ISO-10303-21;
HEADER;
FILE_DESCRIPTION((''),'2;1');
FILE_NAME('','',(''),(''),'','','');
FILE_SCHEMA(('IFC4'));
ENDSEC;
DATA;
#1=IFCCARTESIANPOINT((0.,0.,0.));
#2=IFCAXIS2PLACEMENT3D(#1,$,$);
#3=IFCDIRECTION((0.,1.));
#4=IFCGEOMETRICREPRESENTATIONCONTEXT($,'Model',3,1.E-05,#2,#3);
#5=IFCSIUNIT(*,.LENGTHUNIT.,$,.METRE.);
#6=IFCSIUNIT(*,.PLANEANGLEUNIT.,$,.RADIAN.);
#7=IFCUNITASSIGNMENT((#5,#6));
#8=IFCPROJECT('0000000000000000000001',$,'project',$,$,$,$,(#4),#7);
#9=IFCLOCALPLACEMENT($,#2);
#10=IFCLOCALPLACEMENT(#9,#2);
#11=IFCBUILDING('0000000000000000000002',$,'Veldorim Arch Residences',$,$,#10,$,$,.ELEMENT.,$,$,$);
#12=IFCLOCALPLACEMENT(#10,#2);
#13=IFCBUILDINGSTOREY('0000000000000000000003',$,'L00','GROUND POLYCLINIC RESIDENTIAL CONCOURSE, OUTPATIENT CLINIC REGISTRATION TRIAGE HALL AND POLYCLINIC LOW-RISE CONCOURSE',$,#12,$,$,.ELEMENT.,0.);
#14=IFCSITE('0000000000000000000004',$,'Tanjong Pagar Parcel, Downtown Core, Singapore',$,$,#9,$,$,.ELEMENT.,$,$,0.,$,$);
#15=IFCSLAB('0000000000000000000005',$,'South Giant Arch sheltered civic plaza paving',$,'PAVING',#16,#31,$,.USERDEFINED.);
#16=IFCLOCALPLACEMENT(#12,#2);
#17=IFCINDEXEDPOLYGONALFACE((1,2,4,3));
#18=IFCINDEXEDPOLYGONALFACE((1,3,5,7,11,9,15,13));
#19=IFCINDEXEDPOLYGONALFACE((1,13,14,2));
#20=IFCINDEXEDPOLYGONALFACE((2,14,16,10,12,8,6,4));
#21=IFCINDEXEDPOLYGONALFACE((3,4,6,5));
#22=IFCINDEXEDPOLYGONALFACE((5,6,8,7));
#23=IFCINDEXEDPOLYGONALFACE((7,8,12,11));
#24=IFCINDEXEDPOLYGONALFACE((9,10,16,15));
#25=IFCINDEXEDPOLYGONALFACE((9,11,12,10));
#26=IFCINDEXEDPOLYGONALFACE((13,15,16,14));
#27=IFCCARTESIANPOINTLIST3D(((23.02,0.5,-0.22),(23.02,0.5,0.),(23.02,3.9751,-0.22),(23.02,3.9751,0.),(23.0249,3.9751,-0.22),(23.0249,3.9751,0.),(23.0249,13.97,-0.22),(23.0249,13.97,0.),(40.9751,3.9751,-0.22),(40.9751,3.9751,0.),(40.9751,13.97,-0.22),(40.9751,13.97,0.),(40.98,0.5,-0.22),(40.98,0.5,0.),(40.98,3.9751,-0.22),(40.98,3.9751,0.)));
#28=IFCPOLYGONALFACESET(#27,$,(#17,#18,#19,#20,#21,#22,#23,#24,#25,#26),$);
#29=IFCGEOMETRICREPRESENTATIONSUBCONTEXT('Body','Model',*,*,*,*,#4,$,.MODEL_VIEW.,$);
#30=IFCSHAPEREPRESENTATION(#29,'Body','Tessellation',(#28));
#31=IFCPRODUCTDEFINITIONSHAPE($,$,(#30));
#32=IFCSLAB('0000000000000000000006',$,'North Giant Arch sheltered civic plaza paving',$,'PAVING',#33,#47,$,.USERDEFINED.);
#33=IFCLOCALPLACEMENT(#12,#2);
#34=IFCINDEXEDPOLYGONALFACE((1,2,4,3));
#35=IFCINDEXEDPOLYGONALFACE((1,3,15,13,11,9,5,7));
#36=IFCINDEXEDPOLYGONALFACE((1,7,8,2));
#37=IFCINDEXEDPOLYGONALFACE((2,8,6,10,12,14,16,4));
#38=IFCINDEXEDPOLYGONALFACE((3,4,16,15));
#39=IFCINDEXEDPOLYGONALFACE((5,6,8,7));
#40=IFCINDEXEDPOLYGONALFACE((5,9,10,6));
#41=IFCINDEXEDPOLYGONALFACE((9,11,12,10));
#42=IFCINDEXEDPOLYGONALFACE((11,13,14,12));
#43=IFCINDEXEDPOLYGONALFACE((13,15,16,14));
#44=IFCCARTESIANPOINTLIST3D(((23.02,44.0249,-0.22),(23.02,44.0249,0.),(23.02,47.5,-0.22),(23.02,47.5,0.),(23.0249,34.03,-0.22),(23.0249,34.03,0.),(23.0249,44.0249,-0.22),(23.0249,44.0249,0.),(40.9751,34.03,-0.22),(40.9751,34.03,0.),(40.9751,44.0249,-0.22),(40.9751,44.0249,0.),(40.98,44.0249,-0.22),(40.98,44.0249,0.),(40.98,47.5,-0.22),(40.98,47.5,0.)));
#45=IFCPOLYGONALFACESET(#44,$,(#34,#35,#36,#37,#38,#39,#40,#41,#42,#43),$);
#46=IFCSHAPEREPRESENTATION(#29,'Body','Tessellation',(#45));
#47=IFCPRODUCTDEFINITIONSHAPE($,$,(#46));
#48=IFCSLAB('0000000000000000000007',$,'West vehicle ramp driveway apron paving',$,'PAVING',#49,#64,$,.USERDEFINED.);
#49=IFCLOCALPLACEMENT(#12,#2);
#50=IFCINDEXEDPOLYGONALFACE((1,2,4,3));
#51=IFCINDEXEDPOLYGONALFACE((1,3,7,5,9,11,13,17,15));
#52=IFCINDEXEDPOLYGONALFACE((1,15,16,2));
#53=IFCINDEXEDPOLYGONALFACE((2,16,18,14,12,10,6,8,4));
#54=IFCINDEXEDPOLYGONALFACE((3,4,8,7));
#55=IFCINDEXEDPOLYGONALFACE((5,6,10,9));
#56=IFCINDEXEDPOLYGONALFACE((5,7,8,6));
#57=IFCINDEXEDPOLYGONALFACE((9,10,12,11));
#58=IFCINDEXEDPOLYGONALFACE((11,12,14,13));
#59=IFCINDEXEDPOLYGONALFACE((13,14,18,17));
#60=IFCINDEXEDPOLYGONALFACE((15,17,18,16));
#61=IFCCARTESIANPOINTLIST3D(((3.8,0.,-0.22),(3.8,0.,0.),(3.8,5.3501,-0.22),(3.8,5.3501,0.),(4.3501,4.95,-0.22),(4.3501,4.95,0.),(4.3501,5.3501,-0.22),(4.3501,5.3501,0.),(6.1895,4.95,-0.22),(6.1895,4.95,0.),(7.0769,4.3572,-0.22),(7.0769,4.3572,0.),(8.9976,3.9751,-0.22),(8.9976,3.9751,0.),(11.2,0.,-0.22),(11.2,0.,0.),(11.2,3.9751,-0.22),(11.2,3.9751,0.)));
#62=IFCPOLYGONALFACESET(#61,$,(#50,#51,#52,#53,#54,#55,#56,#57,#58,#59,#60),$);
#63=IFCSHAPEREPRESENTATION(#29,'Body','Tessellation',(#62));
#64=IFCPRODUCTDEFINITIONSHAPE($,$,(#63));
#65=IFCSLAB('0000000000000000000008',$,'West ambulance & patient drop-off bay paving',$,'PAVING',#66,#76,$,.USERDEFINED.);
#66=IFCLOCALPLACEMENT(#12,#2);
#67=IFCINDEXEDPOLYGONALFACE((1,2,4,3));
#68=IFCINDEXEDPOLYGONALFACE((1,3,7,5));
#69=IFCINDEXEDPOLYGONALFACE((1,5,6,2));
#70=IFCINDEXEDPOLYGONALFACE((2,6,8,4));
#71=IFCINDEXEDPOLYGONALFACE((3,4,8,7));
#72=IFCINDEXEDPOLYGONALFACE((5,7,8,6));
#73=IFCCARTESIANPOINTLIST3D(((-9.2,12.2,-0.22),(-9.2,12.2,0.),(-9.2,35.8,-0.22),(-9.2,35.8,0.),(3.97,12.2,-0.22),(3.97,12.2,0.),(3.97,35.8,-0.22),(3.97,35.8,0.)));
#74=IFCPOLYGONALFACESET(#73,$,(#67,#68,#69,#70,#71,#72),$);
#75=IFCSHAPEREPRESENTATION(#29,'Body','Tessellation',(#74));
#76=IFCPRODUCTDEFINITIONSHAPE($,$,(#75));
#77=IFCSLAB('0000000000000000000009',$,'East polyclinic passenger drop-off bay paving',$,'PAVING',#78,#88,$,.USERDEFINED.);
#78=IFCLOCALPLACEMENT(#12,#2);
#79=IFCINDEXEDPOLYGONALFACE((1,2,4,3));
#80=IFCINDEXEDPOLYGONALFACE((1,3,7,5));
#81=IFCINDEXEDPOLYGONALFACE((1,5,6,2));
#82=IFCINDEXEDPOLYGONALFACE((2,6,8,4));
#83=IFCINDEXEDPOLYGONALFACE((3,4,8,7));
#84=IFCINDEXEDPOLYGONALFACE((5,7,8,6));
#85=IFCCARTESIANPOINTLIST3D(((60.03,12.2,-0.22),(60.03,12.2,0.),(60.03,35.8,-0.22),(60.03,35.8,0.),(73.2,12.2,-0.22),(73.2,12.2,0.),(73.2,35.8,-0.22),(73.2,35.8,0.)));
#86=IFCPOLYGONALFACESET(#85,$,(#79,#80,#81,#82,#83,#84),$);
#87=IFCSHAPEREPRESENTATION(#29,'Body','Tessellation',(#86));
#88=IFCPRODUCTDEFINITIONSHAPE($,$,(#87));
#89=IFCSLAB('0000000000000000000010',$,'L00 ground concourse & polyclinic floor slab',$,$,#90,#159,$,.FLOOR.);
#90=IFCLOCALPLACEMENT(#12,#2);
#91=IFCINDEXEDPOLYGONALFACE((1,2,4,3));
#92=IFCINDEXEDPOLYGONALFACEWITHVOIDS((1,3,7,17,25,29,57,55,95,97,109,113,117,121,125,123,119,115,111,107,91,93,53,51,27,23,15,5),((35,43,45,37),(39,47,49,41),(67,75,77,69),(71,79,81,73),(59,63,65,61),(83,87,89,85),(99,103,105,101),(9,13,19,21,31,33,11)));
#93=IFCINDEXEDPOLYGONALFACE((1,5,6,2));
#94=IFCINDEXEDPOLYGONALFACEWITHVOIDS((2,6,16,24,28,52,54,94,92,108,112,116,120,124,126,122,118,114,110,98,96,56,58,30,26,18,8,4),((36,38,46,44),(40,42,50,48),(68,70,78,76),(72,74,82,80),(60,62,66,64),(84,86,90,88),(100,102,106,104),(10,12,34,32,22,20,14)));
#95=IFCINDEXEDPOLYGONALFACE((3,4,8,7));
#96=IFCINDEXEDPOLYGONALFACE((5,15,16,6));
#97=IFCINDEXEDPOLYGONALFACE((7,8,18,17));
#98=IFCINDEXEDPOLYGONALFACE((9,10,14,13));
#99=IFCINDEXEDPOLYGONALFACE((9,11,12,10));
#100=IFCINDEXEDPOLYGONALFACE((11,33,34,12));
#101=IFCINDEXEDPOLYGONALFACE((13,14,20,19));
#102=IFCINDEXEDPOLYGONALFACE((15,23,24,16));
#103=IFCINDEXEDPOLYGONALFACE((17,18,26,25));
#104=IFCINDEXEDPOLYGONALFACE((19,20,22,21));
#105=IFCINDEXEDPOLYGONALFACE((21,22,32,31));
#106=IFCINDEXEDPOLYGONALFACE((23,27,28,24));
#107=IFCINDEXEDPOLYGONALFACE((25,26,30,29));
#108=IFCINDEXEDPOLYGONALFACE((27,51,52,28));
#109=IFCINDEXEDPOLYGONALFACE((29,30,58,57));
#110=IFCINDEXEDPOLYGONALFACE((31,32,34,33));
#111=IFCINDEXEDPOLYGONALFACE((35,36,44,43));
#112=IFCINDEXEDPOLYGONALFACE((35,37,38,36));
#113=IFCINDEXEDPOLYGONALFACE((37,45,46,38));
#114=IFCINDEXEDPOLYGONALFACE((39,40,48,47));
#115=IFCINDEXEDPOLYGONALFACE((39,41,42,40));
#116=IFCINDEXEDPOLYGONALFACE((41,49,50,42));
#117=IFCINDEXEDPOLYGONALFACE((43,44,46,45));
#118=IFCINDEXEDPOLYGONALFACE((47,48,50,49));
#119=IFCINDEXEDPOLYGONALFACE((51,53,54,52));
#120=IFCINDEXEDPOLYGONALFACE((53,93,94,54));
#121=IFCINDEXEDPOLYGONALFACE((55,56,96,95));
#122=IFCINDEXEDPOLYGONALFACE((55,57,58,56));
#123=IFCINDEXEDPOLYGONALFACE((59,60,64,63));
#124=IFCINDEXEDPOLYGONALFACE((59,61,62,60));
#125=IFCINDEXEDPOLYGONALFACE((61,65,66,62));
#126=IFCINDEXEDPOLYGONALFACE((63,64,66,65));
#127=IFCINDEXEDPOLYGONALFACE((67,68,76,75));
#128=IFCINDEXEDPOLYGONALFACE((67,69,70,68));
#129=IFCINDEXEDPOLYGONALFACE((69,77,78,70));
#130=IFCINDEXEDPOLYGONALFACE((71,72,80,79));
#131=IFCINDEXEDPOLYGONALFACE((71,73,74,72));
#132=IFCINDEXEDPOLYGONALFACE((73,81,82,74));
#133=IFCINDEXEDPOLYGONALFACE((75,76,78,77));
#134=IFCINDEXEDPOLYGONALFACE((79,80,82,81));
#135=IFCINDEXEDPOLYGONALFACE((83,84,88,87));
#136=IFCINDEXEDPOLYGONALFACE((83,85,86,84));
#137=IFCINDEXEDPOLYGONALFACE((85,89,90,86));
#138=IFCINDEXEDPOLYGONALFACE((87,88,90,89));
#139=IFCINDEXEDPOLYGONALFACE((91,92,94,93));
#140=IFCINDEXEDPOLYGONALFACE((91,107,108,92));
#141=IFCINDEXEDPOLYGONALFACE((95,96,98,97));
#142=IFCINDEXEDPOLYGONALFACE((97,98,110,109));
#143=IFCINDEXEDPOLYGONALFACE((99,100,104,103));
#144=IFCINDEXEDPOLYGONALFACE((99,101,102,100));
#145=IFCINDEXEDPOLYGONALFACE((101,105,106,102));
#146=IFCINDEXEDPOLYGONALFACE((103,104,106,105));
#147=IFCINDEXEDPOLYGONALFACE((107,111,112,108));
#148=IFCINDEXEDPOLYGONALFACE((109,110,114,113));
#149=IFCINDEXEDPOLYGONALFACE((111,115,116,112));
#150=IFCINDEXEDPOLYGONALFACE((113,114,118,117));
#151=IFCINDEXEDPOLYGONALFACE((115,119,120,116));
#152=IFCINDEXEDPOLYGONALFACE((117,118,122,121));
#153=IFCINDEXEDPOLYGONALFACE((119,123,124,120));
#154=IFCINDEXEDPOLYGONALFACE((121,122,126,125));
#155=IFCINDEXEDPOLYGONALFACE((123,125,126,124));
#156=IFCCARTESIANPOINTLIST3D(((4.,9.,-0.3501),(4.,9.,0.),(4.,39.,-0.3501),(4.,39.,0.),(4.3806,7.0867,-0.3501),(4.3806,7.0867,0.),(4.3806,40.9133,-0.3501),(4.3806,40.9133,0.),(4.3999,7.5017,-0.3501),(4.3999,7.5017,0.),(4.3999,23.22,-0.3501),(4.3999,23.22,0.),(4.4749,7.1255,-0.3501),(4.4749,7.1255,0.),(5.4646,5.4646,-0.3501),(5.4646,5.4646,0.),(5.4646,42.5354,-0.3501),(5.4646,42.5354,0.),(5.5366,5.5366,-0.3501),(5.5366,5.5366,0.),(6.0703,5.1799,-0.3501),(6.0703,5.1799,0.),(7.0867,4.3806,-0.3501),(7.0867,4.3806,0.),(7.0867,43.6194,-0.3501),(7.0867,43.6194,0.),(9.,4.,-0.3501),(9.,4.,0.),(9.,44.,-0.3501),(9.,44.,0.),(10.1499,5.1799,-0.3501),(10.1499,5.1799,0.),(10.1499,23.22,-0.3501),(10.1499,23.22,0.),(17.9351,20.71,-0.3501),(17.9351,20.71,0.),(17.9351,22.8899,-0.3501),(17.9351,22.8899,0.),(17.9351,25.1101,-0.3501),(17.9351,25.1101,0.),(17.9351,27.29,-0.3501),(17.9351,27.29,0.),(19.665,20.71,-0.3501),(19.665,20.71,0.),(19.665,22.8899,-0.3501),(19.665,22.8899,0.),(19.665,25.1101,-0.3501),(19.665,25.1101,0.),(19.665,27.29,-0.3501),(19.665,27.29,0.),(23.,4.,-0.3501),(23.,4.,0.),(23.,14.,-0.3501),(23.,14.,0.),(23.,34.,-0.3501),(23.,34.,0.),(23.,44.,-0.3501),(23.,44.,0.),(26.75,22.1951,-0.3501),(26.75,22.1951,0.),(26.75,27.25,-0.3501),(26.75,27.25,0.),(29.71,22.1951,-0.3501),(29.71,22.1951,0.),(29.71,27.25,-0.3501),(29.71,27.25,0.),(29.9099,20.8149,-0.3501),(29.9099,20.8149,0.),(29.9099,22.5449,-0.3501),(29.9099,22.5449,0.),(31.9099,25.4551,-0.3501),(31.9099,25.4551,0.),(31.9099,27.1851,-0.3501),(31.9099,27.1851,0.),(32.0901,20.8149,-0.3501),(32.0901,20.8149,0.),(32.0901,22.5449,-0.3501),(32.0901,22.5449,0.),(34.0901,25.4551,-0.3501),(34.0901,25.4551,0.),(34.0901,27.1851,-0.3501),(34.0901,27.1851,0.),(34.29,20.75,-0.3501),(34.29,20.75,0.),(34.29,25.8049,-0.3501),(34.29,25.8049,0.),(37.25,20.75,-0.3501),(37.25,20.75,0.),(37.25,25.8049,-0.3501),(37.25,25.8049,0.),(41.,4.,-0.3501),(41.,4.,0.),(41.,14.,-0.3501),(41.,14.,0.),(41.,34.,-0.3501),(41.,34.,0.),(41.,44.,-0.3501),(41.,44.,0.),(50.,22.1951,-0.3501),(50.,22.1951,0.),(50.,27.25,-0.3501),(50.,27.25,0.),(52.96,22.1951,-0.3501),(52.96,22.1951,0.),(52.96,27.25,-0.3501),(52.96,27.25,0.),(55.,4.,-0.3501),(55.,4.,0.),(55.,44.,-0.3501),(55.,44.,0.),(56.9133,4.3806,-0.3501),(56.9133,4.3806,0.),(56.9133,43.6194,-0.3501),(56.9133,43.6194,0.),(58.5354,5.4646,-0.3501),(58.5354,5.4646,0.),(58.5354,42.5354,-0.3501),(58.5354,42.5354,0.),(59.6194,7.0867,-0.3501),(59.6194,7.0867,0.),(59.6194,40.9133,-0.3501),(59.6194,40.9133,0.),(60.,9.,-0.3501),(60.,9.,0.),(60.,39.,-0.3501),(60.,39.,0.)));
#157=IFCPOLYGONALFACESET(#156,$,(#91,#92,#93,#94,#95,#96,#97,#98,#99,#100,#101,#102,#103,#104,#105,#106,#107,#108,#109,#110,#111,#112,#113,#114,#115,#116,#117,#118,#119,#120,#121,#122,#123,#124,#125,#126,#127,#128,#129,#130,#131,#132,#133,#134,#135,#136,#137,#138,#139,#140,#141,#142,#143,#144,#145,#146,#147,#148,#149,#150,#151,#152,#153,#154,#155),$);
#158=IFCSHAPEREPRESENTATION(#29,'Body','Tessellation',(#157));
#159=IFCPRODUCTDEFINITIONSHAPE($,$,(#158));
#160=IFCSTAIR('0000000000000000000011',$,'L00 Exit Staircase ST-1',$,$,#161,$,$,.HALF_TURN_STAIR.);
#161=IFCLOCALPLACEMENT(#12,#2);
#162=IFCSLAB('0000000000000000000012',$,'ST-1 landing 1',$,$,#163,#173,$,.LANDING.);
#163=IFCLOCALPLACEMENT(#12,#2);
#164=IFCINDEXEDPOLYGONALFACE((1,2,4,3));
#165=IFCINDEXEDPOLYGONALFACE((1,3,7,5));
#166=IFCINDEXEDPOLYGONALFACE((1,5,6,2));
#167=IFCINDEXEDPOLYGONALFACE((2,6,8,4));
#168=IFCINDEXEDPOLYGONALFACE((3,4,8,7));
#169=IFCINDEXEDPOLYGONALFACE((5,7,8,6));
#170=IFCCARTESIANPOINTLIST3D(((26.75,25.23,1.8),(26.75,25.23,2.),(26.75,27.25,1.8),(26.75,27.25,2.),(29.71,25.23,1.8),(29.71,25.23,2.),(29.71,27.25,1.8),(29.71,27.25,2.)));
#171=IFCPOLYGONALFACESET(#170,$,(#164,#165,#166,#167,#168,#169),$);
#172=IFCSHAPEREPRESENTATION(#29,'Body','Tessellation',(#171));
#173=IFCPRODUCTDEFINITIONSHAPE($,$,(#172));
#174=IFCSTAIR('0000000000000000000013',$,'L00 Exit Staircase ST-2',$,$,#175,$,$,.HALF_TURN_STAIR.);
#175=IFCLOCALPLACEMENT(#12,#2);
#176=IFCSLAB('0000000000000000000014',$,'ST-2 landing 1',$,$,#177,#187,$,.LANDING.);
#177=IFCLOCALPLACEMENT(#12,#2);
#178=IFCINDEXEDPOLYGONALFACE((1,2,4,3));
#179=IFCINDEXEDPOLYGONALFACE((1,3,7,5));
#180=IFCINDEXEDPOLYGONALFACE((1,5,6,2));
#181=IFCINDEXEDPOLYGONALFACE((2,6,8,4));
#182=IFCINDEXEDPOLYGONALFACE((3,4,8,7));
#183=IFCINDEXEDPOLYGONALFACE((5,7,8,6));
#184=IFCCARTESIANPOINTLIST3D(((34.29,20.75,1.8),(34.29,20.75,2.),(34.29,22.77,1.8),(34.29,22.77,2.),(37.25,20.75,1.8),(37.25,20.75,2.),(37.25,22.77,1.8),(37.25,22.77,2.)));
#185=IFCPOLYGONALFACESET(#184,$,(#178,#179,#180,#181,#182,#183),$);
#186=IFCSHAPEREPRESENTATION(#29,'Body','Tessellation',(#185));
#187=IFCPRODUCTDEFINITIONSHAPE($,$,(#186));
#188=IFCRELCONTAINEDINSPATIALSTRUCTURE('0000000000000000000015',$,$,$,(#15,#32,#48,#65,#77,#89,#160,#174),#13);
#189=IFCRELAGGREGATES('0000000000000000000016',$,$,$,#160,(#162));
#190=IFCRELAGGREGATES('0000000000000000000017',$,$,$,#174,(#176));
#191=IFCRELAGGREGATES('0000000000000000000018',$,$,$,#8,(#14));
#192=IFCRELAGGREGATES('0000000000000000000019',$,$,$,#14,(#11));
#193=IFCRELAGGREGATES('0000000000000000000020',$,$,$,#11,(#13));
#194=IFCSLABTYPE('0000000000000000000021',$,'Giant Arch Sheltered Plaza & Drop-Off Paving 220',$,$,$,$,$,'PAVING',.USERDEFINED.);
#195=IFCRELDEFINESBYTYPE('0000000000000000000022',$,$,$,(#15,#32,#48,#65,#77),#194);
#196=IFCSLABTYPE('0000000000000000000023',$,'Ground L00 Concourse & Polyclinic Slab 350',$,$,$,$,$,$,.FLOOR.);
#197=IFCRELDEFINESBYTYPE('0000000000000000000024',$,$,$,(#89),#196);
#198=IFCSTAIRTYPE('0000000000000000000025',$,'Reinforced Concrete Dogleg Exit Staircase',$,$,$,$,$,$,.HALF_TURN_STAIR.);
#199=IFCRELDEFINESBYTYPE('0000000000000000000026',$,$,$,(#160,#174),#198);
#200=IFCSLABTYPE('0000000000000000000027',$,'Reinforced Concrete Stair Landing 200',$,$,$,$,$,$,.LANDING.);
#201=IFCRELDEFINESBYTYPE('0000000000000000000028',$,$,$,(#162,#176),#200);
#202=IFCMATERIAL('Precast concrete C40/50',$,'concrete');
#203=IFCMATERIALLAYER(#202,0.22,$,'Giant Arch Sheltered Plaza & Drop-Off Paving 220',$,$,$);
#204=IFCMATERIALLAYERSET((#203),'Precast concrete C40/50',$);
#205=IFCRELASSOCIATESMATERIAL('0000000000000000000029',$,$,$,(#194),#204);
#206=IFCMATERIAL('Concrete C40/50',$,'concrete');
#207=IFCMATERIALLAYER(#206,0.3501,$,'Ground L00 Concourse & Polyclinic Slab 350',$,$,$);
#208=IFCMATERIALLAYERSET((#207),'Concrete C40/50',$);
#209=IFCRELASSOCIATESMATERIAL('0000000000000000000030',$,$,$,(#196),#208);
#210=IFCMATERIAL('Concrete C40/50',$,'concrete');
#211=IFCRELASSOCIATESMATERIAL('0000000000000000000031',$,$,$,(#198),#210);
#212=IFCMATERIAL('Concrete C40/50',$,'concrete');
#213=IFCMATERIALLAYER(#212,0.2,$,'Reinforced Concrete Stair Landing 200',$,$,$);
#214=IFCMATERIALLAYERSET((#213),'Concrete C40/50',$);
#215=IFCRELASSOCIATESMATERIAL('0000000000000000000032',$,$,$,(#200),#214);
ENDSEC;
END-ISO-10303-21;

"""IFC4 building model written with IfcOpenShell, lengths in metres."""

from ifc_helpers import new_model, si_unit, direction, frame, origin, place, context, subcontext, project, spatial, polyline, outline, extrude, material, layer, layer_set, type_object, element, aggregate, save


model = new_model("IFC4")

# Units and contexts
model_context = context("Model", 3, precision=1e-05, world=origin(), true_north=direction((0.0, 1.0)))
body_context = subcontext(model_context, "Body", "Model", "MODEL_VIEW")
ifc_project = project(units=[si_unit("LENGTHUNIT", "METRE"), si_unit("PLANEANGLEUNIT", "RADIAN")], contexts=[model_context])

# Site, building, storey
site_placement = place(None, origin())
site = spatial("IfcSite", under=ifc_project, at=site_placement, Name="Tanjong Pagar Parcel, Downtown Core, Singapore", CompositionType="ELEMENT", RefElevation=0.0)
building_placement = place(site_placement, origin())
building = spatial("IfcBuilding", under=site, at=building_placement, Name="Veldorim Arch Residences", CompositionType="ELEMENT")
storey_placement = place(building_placement, origin())
storey = spatial("IfcBuildingStorey", under=building, at=storey_placement, Name="L00", Description="GROUND POLYCLINIC RESIDENTIAL CONCOURSE, OUTPATIENT CLINIC REGISTRATION TRIAGE HALL AND POLYCLINIC LOW-RISE CONCOURSE", CompositionType="ELEMENT", Elevation=0.0)

# Slabs
ifc_material_1 = material(Name="Precast concrete C40/50", Category="concrete")
ifc_layer_1 = layer(ifc_material_1, 0.22, Name="Giant Arch Sheltered Plaza & Drop-Off Paving 220")
ifc_layer_set_1 = layer_set([ifc_layer_1], Name="Precast concrete C40/50")
slab_type_1 = type_object("IfcSlabType", Name="Giant Arch Sheltered Plaza & Drop-Off Paving 220", ElementType="PAVING", PredefinedType="USERDEFINED", material=ifc_layer_set_1)
slab_1_placement = place(storey_placement, frame((0.0, 0.0, -0.22)))
element("IfcSlab", 1, at=slab_1_placement, inside=storey, type_object=slab_type_1, Name="South Giant Arch sheltered civic plaza paving", ObjectType="PAVING", PredefinedType="USERDEFINED", context=body_context, shape_type="SweptSolid", body=[
    extrude(outline(polyline([(40.98, 0.5), (23.02, 0.5), (23.02, 3.9751), (23.0249, 3.9751), (23.0249, 13.97), (40.9751, 13.97), (40.9751, 3.9751), (40.98, 3.9751), (40.98, 0.5)])), origin(), (0.0, 0.0, 1.0), 0.22),
])
slab_2_placement = place(storey_placement, frame((0.0, 0.0, -0.22)))
element("IfcSlab", 2, at=slab_2_placement, inside=storey, type_object=slab_type_1, Name="North Giant Arch sheltered civic plaza paving", ObjectType="PAVING", PredefinedType="USERDEFINED", context=body_context, shape_type="SweptSolid", body=[
    extrude(outline(polyline([(23.0249, 34.03), (23.0249, 44.0249), (23.02, 44.0249), (23.02, 47.5), (40.98, 47.5), (40.98, 44.0249), (40.9751, 44.0249), (40.9751, 34.03), (23.0249, 34.03)])), origin(), (0.0, 0.0, 1.0), 0.22),
])
slab_3_placement = place(storey_placement, frame((0.0, 0.0, -0.22)))
element("IfcSlab", 3, at=slab_3_placement, inside=storey, type_object=slab_type_1, Name="West vehicle ramp driveway apron paving", ObjectType="PAVING", PredefinedType="USERDEFINED", context=body_context, shape_type="SweptSolid", body=[
    extrude(outline(polyline([(11.2, 0.0), (3.8, 0.0), (3.8, 5.3501), (4.3501, 5.3501), (4.3501, 4.95), (6.1895, 4.95), (7.0769, 4.3572), (8.9976, 3.9751), (11.2, 3.9751), (11.2, 0.0)])), origin(), (0.0, 0.0, 1.0), 0.22),
])
slab_4_placement = place(storey_placement, frame((0.0, 0.0, -0.22)))
element("IfcSlab", 4, at=slab_4_placement, inside=storey, type_object=slab_type_1, Name="West ambulance & patient drop-off bay paving", ObjectType="PAVING", PredefinedType="USERDEFINED", context=body_context, shape_type="SweptSolid", body=[
    extrude(outline(polyline([(-9.2, 35.8), (3.97, 35.8), (3.97, 12.2), (-9.2, 12.2), (-9.2, 35.8)])), origin(), (0.0, 0.0, 1.0), 0.22),
])
slab_5_placement = place(storey_placement, frame((0.0, 0.0, -0.22)))
element("IfcSlab", 5, at=slab_5_placement, inside=storey, type_object=slab_type_1, Name="East polyclinic passenger drop-off bay paving", ObjectType="PAVING", PredefinedType="USERDEFINED", context=body_context, shape_type="SweptSolid", body=[
    extrude(outline(polyline([(60.03, 35.8), (73.2, 35.8), (73.2, 12.2), (60.03, 12.2), (60.03, 35.8)])), origin(), (0.0, 0.0, 1.0), 0.22),
])
ifc_material_2 = material(Name="Concrete C40/50", Category="concrete")
ifc_layer_2 = layer(ifc_material_2, 0.3501, Name="Ground L00 Concourse & Polyclinic Slab 350")
ifc_layer_set_2 = layer_set([ifc_layer_2], Name="Concrete C40/50")
slab_type_2 = type_object("IfcSlabType", Name="Ground L00 Concourse & Polyclinic Slab 350", PredefinedType="FLOOR", material=ifc_layer_set_2)
slab_6_placement = place(storey_placement, frame((0.0, 0.0, -0.3501)))
element("IfcSlab", 6, at=slab_6_placement, inside=storey, type_object=slab_type_2, Name="L00 ground concourse & polyclinic floor slab", PredefinedType="FLOOR", context=body_context, shape_type="SweptSolid", body=[
    extrude(outline(polyline([(55.0, 44.0), (56.9133, 43.6194), (58.5354, 42.5354), (59.6194, 40.9133), (60.0, 39.0), (60.0, 9.0), (59.6194, 7.0867), (58.5354, 5.4646), (56.9133, 4.3806), (55.0, 4.0), (41.0, 4.0), (41.0, 14.0), (23.0, 14.0), (23.0, 4.0), (9.0, 4.0), (7.0867, 4.3806), (5.4646, 5.4646), (4.3806, 7.0867), (4.0, 9.0), (4.0, 39.0), (4.3806, 40.9133), (5.4646, 42.5354), (7.0867, 43.6194), (9.0, 44.0), (23.0, 44.0), (23.0, 34.0), (41.0, 34.0), (41.0, 44.0), (55.0, 44.0)]), holes=[polyline([(6.0703, 5.1799), (5.5366, 5.5366), (4.4749, 7.1255), (4.3999, 7.5017), (4.3999, 23.22), (10.1499, 23.22), (10.1499, 5.1799), (6.0703, 5.1799)]), polyline([(29.9099, 20.8149), (29.9099, 22.5449), (32.0901, 22.5449), (32.0901, 20.8149), (29.9099, 20.8149)]), polyline([(17.9351, 20.71), (17.9351, 22.8899), (19.665, 22.8899), (19.665, 20.71), (17.9351, 20.71)]), polyline([(34.29, 20.75), (34.29, 25.8049), (37.25, 25.8049), (37.25, 20.75), (34.29, 20.75)]), polyline([(26.75, 22.1951), (26.75, 27.25), (29.71, 27.25), (29.71, 22.1951), (26.75, 22.1951)]), polyline([(50.0, 22.1951), (50.0, 27.25), (52.96, 27.25), (52.96, 22.1951), (50.0, 22.1951)]), polyline([(17.9351, 25.1101), (17.9351, 27.29), (19.665, 27.29), (19.665, 25.1101), (17.9351, 25.1101)]), polyline([(31.9099, 25.4551), (31.9099, 27.1851), (34.0901, 27.1851), (34.0901, 25.4551), (31.9099, 25.4551)])]), origin(), (0.0, 0.0, 1.0), 0.3501),
])

# Stairs, slabs
ifc_material_3 = material(Name="Concrete C40/50", Category="concrete")
stair_type = type_object("IfcStairType", Name="Reinforced Concrete Dogleg Exit Staircase", PredefinedType="HALF_TURN_STAIR", material=ifc_material_3)
stair_1_placement = place(storey_placement, origin())
stair_1 = element("IfcStair", 7, at=stair_1_placement, inside=storey, type_object=stair_type, Name="L00 Exit Staircase ST-1", PredefinedType="HALF_TURN_STAIR")
ifc_material_4 = material(Name="Concrete C40/50", Category="concrete")
ifc_layer_3 = layer(ifc_material_4, 0.2, Name="Reinforced Concrete Stair Landing 200")
ifc_layer_set_3 = layer_set([ifc_layer_3], Name="Concrete C40/50")
slab_type_3 = type_object("IfcSlabType", Name="Reinforced Concrete Stair Landing 200", PredefinedType="LANDING", material=ifc_layer_set_3)
slab_7_placement = place(storey_placement, frame((0.0, 0.0, 1.8)))
slab_7 = element("IfcSlab", 8, at=slab_7_placement, type_object=slab_type_3, Name="ST-1 landing 1", PredefinedType="LANDING", context=body_context, shape_type="SweptSolid", body=[
    extrude(outline(polyline([(29.71, 25.23), (29.71, 27.25), (26.75, 27.25), (26.75, 25.23), (29.71, 25.23)])), origin(), (0.0, 0.0, 1.0), 0.2),
])
aggregate(stair_1, [slab_7])
stair_2_placement = place(storey_placement, origin())
stair_2 = element("IfcStair", 9, at=stair_2_placement, inside=storey, type_object=stair_type, Name="L00 Exit Staircase ST-2", PredefinedType="HALF_TURN_STAIR")
slab_8_placement = place(storey_placement, frame((0.0, 0.0, 1.8)))
slab_8 = element("IfcSlab", 10, at=slab_8_placement, type_object=slab_type_3, Name="ST-2 landing 1", PredefinedType="LANDING", context=body_context, shape_type="SweptSolid", body=[
    extrude(outline(polyline([(34.29, 22.77), (34.29, 20.75), (37.25, 20.75), (37.25, 22.77), (34.29, 22.77)])), origin(), (0.0, 0.0, 1.0), 0.2),
])
aggregate(stair_2, [slab_8])

save(model, "model.ifc")
